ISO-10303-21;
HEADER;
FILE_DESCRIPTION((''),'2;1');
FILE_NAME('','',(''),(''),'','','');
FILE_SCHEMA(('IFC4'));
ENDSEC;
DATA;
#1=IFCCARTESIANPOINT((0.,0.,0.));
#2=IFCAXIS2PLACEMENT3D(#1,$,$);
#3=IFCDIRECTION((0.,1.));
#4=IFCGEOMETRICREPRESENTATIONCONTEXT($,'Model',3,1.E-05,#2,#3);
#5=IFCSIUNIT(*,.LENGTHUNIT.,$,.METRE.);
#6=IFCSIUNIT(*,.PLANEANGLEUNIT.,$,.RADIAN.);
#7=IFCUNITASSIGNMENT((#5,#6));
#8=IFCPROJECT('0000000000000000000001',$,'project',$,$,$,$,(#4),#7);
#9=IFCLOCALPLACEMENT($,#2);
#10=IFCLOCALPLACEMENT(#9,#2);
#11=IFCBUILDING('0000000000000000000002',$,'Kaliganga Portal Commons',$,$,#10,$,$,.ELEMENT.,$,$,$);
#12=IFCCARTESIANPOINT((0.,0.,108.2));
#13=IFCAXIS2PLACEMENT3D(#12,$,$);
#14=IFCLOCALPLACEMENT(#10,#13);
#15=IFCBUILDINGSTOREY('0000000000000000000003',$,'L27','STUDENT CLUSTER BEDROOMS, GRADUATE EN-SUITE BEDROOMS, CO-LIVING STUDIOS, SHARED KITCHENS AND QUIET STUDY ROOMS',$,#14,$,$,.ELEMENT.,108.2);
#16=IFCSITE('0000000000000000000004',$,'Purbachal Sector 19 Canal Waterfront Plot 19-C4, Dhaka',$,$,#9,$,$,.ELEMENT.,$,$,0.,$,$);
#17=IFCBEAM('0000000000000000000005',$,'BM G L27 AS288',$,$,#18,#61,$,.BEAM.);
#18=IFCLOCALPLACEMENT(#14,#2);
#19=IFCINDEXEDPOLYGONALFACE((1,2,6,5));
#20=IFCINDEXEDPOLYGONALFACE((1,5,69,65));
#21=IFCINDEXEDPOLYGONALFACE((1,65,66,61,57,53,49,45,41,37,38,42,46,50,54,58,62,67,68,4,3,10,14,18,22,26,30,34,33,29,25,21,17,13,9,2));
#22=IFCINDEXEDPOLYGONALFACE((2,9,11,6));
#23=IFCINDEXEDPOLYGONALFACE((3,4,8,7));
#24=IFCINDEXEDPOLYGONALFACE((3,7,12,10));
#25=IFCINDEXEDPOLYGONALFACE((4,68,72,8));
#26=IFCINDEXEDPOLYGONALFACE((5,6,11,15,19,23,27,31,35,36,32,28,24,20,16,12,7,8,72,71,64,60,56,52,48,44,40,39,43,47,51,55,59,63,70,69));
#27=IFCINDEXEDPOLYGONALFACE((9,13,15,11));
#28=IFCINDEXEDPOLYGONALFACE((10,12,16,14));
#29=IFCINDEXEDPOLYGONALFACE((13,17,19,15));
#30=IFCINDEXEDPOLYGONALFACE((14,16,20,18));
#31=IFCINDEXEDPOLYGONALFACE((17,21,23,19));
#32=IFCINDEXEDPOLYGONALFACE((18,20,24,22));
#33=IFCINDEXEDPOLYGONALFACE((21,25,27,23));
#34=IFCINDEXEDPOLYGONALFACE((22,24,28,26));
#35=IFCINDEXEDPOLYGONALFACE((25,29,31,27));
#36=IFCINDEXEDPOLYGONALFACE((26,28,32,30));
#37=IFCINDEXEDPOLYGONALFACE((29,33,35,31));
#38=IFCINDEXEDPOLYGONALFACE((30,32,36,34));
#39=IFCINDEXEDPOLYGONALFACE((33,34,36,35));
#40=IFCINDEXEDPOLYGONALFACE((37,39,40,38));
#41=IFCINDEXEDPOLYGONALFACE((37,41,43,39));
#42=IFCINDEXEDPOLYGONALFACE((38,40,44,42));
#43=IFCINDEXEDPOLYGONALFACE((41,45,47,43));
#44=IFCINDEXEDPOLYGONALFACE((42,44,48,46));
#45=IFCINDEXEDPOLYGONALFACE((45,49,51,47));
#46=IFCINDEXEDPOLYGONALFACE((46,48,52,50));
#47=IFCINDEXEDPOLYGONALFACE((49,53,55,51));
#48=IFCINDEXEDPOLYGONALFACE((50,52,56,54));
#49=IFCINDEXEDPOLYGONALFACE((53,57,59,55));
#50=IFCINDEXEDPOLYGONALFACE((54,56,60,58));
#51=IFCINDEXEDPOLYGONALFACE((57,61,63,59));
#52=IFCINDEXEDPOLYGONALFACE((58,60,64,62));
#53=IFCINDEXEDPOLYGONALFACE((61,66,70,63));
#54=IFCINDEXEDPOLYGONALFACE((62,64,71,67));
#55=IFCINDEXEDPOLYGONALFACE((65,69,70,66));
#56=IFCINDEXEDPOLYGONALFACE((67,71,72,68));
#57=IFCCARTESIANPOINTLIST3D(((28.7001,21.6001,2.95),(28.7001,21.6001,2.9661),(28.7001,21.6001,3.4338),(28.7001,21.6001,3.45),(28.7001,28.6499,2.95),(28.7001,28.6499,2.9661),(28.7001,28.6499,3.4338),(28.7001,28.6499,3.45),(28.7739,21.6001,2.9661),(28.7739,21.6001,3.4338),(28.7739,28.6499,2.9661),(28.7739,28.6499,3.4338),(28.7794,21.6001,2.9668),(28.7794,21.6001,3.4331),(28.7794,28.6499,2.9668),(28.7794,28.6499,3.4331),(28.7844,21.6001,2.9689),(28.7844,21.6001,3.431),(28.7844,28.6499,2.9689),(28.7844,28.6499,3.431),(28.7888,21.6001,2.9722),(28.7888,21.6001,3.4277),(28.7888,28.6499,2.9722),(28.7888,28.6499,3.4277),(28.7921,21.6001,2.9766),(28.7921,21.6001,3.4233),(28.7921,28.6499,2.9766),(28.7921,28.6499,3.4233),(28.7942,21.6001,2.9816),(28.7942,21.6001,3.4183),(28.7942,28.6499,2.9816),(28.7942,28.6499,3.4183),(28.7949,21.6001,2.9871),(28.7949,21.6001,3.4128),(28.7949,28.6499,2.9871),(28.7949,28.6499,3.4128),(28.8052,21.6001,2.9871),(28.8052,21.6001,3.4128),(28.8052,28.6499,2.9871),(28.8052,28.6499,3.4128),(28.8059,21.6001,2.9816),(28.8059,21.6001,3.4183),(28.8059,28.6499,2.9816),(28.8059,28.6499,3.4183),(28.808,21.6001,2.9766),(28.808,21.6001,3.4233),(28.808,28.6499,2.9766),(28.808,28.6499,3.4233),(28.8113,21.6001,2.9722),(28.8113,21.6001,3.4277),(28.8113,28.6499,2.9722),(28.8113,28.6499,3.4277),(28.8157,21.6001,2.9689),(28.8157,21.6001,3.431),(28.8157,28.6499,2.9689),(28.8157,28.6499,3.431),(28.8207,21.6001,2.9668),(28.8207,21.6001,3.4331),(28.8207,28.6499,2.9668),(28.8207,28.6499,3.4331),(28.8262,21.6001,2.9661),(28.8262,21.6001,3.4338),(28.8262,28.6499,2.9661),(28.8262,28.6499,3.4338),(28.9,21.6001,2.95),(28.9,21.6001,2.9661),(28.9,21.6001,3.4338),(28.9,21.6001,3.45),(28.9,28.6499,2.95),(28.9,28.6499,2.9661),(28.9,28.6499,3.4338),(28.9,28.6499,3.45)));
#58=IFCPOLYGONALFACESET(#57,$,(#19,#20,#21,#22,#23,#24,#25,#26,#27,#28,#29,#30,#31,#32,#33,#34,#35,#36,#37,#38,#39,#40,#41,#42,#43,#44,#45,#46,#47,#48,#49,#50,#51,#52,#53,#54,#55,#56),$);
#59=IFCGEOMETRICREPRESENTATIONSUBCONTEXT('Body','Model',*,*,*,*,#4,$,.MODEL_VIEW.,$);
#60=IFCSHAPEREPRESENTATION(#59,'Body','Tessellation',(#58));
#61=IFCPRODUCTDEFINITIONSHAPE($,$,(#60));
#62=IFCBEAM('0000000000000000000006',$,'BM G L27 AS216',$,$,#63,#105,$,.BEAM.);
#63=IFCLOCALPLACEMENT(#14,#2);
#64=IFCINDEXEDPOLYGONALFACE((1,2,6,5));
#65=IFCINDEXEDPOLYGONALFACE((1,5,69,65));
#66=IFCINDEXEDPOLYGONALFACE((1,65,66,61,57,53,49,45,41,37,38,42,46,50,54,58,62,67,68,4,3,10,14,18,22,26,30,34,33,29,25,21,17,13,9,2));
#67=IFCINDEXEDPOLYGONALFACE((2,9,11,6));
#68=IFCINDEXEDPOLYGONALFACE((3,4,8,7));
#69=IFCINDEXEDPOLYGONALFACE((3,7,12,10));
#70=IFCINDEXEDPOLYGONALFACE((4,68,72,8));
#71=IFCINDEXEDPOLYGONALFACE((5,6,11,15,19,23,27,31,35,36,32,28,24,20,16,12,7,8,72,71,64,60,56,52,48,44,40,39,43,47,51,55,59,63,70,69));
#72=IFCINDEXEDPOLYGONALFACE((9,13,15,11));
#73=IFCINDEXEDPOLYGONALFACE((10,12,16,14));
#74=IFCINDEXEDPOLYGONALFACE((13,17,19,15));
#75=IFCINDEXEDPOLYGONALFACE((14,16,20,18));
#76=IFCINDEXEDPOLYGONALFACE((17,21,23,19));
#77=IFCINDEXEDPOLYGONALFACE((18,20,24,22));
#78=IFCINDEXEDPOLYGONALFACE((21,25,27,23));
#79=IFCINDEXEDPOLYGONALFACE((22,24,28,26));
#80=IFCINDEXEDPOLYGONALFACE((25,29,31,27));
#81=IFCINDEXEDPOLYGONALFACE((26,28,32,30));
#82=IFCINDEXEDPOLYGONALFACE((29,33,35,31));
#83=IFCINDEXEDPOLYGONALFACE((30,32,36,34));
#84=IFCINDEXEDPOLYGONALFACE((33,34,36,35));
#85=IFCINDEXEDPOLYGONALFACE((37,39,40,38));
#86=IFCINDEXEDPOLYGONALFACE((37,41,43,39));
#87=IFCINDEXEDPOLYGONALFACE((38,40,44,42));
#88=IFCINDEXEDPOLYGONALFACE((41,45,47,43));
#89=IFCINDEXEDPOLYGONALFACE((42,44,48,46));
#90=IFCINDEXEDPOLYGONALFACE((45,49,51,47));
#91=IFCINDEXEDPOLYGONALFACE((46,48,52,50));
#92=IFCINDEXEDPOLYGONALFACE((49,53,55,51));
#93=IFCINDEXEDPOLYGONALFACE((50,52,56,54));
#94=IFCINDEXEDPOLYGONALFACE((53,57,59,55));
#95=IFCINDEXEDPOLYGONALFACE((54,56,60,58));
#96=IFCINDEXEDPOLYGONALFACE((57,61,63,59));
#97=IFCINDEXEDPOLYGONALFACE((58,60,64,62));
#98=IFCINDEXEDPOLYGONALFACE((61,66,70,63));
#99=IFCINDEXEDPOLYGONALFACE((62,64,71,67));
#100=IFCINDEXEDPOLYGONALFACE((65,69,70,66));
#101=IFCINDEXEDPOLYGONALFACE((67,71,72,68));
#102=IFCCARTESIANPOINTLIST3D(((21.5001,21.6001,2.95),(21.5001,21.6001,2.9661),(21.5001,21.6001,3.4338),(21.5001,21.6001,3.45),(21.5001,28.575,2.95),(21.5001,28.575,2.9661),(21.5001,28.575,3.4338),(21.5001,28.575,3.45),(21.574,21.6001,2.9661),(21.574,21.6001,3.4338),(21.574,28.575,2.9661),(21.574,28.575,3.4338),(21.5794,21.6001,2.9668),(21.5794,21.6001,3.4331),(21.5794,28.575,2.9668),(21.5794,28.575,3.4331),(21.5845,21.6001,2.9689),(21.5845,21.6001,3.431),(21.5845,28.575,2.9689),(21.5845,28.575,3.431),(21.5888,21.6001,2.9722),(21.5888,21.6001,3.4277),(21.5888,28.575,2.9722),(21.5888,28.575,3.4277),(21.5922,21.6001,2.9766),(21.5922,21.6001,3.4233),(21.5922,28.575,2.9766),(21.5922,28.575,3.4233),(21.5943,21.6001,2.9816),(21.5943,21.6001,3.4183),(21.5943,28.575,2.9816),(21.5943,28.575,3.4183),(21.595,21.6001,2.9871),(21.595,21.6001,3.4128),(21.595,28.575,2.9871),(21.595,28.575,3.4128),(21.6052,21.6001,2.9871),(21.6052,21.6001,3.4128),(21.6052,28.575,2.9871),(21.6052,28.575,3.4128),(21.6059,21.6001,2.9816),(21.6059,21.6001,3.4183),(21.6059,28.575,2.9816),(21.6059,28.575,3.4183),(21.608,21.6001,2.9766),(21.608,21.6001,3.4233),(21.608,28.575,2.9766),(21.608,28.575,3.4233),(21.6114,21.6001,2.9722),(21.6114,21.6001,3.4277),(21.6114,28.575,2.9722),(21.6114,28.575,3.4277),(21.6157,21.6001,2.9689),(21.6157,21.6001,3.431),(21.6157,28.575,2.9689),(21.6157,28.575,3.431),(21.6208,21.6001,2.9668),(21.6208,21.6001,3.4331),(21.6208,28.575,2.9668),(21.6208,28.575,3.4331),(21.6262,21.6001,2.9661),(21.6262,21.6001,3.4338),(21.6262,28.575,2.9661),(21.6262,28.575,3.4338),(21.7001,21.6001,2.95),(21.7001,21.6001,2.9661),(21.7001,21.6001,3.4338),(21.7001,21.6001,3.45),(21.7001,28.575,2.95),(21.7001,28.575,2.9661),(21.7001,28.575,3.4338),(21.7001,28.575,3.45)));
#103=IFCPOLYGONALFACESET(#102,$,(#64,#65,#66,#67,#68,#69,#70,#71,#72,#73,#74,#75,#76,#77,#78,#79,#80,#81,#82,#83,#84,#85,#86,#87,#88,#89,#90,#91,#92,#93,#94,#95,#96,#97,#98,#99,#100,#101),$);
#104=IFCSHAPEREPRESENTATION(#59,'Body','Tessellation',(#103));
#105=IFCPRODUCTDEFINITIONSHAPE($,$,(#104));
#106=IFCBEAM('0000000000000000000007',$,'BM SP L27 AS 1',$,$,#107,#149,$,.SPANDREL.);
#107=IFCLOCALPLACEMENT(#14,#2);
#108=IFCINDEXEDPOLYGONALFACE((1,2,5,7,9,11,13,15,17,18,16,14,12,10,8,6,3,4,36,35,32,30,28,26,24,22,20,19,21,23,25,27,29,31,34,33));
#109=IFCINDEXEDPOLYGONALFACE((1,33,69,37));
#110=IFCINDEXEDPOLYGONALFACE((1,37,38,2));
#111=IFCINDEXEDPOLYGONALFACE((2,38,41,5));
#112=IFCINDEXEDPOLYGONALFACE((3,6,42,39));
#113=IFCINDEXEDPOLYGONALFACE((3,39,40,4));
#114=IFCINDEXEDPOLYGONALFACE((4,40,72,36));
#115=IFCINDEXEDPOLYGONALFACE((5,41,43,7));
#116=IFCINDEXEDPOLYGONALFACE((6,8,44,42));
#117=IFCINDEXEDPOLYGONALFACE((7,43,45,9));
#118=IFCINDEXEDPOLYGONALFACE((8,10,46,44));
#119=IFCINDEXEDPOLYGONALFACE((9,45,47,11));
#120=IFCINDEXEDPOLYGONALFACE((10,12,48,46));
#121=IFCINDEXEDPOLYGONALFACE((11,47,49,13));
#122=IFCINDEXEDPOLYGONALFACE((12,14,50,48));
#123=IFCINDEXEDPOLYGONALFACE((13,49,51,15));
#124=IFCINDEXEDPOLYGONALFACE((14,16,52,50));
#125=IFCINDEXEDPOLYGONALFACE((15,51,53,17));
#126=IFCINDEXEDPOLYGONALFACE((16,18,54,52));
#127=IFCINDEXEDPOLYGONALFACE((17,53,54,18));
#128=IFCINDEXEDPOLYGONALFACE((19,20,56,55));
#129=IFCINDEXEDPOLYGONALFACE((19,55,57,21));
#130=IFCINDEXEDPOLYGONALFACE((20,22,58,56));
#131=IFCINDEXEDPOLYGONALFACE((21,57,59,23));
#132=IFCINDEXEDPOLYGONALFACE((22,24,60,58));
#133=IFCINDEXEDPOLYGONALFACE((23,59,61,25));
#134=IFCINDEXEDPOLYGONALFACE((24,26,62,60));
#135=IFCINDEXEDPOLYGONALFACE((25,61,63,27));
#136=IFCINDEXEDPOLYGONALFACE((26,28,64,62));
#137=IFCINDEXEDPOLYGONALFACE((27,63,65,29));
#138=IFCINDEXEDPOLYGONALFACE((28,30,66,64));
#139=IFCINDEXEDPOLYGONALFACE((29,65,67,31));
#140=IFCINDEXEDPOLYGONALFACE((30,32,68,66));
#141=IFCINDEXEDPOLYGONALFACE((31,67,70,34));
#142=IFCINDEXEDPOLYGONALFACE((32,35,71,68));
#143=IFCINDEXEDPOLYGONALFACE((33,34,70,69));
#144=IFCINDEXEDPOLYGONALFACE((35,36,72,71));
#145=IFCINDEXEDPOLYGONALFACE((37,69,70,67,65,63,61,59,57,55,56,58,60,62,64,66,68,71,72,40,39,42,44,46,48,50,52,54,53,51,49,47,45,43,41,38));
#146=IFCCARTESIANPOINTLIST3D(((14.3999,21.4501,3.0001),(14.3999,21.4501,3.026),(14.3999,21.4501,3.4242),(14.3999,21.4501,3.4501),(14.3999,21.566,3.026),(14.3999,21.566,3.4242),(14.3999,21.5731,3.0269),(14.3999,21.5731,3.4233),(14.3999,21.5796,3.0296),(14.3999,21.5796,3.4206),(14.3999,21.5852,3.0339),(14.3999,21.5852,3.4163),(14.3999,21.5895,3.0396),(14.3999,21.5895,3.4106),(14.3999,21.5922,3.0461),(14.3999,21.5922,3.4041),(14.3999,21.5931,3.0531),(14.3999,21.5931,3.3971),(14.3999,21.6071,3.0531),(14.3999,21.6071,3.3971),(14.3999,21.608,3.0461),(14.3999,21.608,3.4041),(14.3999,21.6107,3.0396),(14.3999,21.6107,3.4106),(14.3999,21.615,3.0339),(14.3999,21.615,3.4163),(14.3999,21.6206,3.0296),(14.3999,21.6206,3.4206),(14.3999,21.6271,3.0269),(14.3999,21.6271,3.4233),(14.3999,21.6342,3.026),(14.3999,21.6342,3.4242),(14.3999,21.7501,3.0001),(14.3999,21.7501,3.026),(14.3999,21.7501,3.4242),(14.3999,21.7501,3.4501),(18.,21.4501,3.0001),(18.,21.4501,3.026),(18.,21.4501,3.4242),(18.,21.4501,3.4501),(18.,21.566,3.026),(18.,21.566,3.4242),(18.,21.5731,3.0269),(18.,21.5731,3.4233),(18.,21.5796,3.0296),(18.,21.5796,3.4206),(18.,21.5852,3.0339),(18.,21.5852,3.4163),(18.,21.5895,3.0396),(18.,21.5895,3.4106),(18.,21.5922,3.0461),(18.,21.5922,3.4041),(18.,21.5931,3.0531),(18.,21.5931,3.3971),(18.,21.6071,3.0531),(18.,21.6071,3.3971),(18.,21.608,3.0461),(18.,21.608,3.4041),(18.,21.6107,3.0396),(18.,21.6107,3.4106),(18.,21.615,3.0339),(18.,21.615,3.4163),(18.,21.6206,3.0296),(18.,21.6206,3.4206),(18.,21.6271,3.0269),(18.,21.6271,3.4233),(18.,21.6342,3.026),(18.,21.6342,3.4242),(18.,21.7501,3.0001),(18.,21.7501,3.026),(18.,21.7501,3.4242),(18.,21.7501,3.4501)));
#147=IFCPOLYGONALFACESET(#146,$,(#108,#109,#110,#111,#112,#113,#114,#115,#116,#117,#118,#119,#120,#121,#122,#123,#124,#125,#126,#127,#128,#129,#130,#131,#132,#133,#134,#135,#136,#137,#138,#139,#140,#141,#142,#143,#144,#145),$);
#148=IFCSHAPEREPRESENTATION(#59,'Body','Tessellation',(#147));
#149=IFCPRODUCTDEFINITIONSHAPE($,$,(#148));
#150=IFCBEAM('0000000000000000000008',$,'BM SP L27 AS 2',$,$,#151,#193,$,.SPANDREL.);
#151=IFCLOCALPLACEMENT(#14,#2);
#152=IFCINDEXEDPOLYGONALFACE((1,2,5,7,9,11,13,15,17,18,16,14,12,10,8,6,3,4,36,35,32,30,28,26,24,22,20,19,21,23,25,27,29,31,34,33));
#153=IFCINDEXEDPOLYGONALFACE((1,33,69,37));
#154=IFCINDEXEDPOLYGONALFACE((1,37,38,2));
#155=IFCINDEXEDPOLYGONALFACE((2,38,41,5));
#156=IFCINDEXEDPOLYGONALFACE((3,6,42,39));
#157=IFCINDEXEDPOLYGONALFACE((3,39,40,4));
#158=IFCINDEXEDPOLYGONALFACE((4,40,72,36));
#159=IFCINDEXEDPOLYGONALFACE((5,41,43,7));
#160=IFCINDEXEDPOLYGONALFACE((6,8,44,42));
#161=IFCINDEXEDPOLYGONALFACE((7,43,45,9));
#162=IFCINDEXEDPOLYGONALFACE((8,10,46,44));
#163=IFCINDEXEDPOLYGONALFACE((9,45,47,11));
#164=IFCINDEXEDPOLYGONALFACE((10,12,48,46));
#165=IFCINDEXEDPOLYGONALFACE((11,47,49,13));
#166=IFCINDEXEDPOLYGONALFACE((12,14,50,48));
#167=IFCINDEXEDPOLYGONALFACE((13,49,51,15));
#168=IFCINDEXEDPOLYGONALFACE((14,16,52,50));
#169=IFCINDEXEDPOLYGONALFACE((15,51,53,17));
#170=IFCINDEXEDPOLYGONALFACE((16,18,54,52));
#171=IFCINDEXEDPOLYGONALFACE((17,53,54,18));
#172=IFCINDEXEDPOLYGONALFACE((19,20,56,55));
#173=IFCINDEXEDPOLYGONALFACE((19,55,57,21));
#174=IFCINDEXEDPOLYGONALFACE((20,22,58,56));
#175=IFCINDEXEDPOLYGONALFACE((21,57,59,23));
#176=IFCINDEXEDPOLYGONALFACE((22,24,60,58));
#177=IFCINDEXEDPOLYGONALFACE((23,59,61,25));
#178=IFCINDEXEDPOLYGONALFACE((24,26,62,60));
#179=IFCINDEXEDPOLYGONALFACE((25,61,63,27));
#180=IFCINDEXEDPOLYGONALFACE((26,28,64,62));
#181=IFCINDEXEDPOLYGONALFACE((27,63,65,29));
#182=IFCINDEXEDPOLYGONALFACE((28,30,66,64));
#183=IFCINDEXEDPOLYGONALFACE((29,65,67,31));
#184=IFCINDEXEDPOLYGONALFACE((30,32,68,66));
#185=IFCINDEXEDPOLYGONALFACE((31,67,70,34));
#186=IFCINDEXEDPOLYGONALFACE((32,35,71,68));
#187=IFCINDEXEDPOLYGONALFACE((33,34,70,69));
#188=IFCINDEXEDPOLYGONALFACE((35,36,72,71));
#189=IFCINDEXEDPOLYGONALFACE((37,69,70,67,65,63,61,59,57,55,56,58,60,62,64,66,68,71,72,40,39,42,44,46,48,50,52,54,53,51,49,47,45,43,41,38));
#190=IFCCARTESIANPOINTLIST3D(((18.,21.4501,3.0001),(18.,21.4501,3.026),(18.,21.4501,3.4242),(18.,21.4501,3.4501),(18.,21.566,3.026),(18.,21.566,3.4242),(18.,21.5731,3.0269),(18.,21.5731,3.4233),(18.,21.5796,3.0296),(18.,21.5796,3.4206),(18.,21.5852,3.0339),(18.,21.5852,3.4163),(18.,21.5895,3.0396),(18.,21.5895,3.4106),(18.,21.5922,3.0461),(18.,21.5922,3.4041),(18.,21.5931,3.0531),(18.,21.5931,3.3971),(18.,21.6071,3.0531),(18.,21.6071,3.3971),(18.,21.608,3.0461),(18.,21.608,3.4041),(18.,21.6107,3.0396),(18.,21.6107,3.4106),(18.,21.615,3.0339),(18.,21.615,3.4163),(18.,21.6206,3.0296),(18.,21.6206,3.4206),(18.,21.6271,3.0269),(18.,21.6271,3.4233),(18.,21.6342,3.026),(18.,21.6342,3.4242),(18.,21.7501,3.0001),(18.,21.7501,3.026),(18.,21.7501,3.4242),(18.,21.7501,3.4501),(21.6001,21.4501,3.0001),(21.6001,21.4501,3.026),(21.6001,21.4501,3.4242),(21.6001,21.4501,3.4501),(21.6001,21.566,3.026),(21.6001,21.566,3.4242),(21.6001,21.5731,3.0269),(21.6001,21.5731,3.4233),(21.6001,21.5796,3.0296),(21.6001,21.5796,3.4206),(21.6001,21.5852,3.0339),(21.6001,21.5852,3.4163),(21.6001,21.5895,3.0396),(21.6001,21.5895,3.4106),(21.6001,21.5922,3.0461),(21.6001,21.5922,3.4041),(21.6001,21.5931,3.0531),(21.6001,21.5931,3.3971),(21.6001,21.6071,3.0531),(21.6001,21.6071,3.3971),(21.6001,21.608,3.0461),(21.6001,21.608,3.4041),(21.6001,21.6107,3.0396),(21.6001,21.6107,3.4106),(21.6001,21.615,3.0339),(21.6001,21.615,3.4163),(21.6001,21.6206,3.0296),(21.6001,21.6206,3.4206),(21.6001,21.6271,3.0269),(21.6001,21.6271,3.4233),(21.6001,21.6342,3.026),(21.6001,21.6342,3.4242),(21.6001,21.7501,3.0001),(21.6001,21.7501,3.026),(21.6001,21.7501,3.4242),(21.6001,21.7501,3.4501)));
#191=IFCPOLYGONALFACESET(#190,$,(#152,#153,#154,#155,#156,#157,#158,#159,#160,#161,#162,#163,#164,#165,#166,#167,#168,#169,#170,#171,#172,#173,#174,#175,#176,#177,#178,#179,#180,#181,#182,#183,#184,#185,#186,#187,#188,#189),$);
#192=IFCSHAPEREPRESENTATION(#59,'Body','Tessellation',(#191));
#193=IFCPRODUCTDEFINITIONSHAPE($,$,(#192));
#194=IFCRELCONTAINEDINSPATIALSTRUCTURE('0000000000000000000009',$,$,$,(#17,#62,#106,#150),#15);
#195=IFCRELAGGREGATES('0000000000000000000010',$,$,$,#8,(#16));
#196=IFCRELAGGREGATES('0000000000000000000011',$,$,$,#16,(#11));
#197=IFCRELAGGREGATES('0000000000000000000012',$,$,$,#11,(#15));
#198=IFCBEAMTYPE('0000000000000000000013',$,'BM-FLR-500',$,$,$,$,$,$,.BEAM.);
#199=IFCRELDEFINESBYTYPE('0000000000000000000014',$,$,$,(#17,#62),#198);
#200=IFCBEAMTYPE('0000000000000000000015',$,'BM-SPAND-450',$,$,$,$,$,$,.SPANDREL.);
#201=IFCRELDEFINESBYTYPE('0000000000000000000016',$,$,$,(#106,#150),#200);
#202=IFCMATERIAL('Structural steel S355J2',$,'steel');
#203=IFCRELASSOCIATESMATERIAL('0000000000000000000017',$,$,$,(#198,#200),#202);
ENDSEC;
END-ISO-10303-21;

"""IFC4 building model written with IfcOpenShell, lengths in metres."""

from ifc_helpers import new_model, si_unit, direction, frame, origin, origin_2d, place, context, subcontext, project, spatial, i_section, extrude, source, transform, mapped, material, material_profile, profile_set, type_object, element, save


model = new_model("IFC4")

# Units and contexts
model_context = context("Model", 3, precision=1e-05, world=origin(), true_north=direction((0.0, 1.0)))
body_context = subcontext(model_context, "Body", "Model", "MODEL_VIEW")
ifc_project = project(units=[si_unit("LENGTHUNIT", "METRE"), si_unit("PLANEANGLEUNIT", "RADIAN")], contexts=[model_context])

# Site, building, storey
site_placement = place(None, origin())
site = spatial("IfcSite", under=ifc_project, at=site_placement, Name="Purbachal Sector 19 Canal Waterfront Plot 19-C4, Dhaka", CompositionType="ELEMENT", RefElevation=0.0)
building_placement = place(site_placement, origin())
building = spatial("IfcBuilding", under=site, at=building_placement, Name="Kaliganga Portal Commons", CompositionType="ELEMENT")
storey_placement = place(building_placement, frame((0.0, 0.0, 108.2)))
storey = spatial("IfcBuildingStorey", under=building, at=storey_placement, Name="L27", Description="STUDENT CLUSTER BEDROOMS, GRADUATE EN-SUITE BEDROOMS, CO-LIVING STUDIOS, SHARED KITCHENS AND QUIET STUDY ROOMS", CompositionType="ELEMENT", Elevation=108.2)

# Beams
ifc_material_1 = material(Name="Structural steel S355J2", Category="steel")
ifc_material_profile_1 = material_profile(ifc_material_1, i_section(OverallWidth=0.2, OverallDepth=0.5, WebThickness=0.0103, FlangeThickness=0.0161, FilletRadius=0.021, at=origin_2d()), Name="IPE 500")
ifc_profile_set_1 = profile_set([ifc_material_profile_1], Name="Structural steel S355J2 wide-flange")
beam_type_1 = type_object("IfcBeamType", Name="BM-FLR-500", PredefinedType="BEAM", material=ifc_profile_set_1)
shared_shape_1 = source(origin(), body_context, "Body", "SweptSolid", [
    extrude(i_section(OverallWidth=0.2, OverallDepth=0.5, WebThickness=0.0103, FlangeThickness=0.0161, FilletRadius=0.021, at=origin_2d()), origin(), (0.0, 0.0, 1.0), 7.0498),
])
for number, where, z_axis, x_axis, name in (
    (1, (28.8, 21.6001, 3.2), (0.0, 1.0, 0.0), (-1.0, 0.0, 0.0), "BM G L27 AS288"),
):
    element("IfcBeam", number, at=place(storey_placement, frame(where, z_axis=z_axis, x_axis=x_axis)), inside=storey, type_object=beam_type_1, Name=name, PredefinedType="BEAM", context=body_context, shape_type="MappedRepresentation", body=[
        mapped(shared_shape_1, transform((0.0, 0.0, 0.0), x_axis=(1.0, 0.0, 0.0), y_axis=(0.0, 1.0, 0.0), z_axis=(0.0, 0.0, 1.0), scale=1.0)),
    ])
shared_shape_2 = source(origin(), body_context, "Body", "SweptSolid", [
    extrude(i_section(OverallWidth=0.2, OverallDepth=0.5, WebThickness=0.0103, FlangeThickness=0.0161, FilletRadius=0.021, at=origin_2d()), origin(), (0.0, 0.0, 1.0), 6.9749),
])
beam_placement = place(storey_placement, frame((21.6001, 21.6001, 3.2), z_axis=(0.0, 1.0, 0.0), x_axis=(-1.0, 0.0, 0.0)))
element("IfcBeam", 2, at=beam_placement, inside=storey, type_object=beam_type_1, Name="BM G L27 AS216", PredefinedType="BEAM", context=body_context, shape_type="MappedRepresentation", body=[
    mapped(shared_shape_2, transform((0.0, 0.0, 0.0), x_axis=(1.0, 0.0, 0.0), y_axis=(0.0, 1.0, 0.0), z_axis=(0.0, 0.0, 1.0), scale=1.0)),
])
ifc_material_profile_2 = material_profile(ifc_material_1, i_section(OverallWidth=0.3, OverallDepth=0.45, WebThickness=0.0139, FlangeThickness=0.0259, FilletRadius=0.0271, at=origin_2d()), Name="HE 450 B")
ifc_profile_set_2 = profile_set([ifc_material_profile_2], Name="Structural steel S355J2 wide-flange")
beam_type_2 = type_object("IfcBeamType", Name="BM-SPAND-450", PredefinedType="SPANDREL", material=ifc_profile_set_2)
shared_shape_3 = source(origin(), body_context, "Body", "SweptSolid", [
    extrude(i_section(OverallWidth=0.3, OverallDepth=0.45, WebThickness=0.0139, FlangeThickness=0.0259, FilletRadius=0.0271, at=origin_2d()), origin(), (0.0, 0.0, 1.0), 3.6001),
])
for number, where, z_axis, x_axis, name in (
    (3, (14.3999, 21.6001, 3.2251), (1.0, 0.0, 0.0), (0.0, 1.0, 0.0), "BM SP L27 AS 1"),
    (4, (18.0, 21.6001, 3.2251), (1.0, 0.0, 0.0), (0.0, 1.0, 0.0), "BM SP L27 AS 2"),
):
    element("IfcBeam", number, at=place(storey_placement, frame(where, z_axis=z_axis, x_axis=x_axis)), inside=storey, type_object=beam_type_2, Name=name, PredefinedType="SPANDREL", context=body_context, shape_type="MappedRepresentation", body=[
        mapped(shared_shape_3, transform((0.0, 0.0, 0.0), x_axis=(1.0, 0.0, 0.0), y_axis=(0.0, 1.0, 0.0), z_axis=(0.0, 0.0, 1.0), scale=1.0)),
    ])

save(model, "model.ifc")
